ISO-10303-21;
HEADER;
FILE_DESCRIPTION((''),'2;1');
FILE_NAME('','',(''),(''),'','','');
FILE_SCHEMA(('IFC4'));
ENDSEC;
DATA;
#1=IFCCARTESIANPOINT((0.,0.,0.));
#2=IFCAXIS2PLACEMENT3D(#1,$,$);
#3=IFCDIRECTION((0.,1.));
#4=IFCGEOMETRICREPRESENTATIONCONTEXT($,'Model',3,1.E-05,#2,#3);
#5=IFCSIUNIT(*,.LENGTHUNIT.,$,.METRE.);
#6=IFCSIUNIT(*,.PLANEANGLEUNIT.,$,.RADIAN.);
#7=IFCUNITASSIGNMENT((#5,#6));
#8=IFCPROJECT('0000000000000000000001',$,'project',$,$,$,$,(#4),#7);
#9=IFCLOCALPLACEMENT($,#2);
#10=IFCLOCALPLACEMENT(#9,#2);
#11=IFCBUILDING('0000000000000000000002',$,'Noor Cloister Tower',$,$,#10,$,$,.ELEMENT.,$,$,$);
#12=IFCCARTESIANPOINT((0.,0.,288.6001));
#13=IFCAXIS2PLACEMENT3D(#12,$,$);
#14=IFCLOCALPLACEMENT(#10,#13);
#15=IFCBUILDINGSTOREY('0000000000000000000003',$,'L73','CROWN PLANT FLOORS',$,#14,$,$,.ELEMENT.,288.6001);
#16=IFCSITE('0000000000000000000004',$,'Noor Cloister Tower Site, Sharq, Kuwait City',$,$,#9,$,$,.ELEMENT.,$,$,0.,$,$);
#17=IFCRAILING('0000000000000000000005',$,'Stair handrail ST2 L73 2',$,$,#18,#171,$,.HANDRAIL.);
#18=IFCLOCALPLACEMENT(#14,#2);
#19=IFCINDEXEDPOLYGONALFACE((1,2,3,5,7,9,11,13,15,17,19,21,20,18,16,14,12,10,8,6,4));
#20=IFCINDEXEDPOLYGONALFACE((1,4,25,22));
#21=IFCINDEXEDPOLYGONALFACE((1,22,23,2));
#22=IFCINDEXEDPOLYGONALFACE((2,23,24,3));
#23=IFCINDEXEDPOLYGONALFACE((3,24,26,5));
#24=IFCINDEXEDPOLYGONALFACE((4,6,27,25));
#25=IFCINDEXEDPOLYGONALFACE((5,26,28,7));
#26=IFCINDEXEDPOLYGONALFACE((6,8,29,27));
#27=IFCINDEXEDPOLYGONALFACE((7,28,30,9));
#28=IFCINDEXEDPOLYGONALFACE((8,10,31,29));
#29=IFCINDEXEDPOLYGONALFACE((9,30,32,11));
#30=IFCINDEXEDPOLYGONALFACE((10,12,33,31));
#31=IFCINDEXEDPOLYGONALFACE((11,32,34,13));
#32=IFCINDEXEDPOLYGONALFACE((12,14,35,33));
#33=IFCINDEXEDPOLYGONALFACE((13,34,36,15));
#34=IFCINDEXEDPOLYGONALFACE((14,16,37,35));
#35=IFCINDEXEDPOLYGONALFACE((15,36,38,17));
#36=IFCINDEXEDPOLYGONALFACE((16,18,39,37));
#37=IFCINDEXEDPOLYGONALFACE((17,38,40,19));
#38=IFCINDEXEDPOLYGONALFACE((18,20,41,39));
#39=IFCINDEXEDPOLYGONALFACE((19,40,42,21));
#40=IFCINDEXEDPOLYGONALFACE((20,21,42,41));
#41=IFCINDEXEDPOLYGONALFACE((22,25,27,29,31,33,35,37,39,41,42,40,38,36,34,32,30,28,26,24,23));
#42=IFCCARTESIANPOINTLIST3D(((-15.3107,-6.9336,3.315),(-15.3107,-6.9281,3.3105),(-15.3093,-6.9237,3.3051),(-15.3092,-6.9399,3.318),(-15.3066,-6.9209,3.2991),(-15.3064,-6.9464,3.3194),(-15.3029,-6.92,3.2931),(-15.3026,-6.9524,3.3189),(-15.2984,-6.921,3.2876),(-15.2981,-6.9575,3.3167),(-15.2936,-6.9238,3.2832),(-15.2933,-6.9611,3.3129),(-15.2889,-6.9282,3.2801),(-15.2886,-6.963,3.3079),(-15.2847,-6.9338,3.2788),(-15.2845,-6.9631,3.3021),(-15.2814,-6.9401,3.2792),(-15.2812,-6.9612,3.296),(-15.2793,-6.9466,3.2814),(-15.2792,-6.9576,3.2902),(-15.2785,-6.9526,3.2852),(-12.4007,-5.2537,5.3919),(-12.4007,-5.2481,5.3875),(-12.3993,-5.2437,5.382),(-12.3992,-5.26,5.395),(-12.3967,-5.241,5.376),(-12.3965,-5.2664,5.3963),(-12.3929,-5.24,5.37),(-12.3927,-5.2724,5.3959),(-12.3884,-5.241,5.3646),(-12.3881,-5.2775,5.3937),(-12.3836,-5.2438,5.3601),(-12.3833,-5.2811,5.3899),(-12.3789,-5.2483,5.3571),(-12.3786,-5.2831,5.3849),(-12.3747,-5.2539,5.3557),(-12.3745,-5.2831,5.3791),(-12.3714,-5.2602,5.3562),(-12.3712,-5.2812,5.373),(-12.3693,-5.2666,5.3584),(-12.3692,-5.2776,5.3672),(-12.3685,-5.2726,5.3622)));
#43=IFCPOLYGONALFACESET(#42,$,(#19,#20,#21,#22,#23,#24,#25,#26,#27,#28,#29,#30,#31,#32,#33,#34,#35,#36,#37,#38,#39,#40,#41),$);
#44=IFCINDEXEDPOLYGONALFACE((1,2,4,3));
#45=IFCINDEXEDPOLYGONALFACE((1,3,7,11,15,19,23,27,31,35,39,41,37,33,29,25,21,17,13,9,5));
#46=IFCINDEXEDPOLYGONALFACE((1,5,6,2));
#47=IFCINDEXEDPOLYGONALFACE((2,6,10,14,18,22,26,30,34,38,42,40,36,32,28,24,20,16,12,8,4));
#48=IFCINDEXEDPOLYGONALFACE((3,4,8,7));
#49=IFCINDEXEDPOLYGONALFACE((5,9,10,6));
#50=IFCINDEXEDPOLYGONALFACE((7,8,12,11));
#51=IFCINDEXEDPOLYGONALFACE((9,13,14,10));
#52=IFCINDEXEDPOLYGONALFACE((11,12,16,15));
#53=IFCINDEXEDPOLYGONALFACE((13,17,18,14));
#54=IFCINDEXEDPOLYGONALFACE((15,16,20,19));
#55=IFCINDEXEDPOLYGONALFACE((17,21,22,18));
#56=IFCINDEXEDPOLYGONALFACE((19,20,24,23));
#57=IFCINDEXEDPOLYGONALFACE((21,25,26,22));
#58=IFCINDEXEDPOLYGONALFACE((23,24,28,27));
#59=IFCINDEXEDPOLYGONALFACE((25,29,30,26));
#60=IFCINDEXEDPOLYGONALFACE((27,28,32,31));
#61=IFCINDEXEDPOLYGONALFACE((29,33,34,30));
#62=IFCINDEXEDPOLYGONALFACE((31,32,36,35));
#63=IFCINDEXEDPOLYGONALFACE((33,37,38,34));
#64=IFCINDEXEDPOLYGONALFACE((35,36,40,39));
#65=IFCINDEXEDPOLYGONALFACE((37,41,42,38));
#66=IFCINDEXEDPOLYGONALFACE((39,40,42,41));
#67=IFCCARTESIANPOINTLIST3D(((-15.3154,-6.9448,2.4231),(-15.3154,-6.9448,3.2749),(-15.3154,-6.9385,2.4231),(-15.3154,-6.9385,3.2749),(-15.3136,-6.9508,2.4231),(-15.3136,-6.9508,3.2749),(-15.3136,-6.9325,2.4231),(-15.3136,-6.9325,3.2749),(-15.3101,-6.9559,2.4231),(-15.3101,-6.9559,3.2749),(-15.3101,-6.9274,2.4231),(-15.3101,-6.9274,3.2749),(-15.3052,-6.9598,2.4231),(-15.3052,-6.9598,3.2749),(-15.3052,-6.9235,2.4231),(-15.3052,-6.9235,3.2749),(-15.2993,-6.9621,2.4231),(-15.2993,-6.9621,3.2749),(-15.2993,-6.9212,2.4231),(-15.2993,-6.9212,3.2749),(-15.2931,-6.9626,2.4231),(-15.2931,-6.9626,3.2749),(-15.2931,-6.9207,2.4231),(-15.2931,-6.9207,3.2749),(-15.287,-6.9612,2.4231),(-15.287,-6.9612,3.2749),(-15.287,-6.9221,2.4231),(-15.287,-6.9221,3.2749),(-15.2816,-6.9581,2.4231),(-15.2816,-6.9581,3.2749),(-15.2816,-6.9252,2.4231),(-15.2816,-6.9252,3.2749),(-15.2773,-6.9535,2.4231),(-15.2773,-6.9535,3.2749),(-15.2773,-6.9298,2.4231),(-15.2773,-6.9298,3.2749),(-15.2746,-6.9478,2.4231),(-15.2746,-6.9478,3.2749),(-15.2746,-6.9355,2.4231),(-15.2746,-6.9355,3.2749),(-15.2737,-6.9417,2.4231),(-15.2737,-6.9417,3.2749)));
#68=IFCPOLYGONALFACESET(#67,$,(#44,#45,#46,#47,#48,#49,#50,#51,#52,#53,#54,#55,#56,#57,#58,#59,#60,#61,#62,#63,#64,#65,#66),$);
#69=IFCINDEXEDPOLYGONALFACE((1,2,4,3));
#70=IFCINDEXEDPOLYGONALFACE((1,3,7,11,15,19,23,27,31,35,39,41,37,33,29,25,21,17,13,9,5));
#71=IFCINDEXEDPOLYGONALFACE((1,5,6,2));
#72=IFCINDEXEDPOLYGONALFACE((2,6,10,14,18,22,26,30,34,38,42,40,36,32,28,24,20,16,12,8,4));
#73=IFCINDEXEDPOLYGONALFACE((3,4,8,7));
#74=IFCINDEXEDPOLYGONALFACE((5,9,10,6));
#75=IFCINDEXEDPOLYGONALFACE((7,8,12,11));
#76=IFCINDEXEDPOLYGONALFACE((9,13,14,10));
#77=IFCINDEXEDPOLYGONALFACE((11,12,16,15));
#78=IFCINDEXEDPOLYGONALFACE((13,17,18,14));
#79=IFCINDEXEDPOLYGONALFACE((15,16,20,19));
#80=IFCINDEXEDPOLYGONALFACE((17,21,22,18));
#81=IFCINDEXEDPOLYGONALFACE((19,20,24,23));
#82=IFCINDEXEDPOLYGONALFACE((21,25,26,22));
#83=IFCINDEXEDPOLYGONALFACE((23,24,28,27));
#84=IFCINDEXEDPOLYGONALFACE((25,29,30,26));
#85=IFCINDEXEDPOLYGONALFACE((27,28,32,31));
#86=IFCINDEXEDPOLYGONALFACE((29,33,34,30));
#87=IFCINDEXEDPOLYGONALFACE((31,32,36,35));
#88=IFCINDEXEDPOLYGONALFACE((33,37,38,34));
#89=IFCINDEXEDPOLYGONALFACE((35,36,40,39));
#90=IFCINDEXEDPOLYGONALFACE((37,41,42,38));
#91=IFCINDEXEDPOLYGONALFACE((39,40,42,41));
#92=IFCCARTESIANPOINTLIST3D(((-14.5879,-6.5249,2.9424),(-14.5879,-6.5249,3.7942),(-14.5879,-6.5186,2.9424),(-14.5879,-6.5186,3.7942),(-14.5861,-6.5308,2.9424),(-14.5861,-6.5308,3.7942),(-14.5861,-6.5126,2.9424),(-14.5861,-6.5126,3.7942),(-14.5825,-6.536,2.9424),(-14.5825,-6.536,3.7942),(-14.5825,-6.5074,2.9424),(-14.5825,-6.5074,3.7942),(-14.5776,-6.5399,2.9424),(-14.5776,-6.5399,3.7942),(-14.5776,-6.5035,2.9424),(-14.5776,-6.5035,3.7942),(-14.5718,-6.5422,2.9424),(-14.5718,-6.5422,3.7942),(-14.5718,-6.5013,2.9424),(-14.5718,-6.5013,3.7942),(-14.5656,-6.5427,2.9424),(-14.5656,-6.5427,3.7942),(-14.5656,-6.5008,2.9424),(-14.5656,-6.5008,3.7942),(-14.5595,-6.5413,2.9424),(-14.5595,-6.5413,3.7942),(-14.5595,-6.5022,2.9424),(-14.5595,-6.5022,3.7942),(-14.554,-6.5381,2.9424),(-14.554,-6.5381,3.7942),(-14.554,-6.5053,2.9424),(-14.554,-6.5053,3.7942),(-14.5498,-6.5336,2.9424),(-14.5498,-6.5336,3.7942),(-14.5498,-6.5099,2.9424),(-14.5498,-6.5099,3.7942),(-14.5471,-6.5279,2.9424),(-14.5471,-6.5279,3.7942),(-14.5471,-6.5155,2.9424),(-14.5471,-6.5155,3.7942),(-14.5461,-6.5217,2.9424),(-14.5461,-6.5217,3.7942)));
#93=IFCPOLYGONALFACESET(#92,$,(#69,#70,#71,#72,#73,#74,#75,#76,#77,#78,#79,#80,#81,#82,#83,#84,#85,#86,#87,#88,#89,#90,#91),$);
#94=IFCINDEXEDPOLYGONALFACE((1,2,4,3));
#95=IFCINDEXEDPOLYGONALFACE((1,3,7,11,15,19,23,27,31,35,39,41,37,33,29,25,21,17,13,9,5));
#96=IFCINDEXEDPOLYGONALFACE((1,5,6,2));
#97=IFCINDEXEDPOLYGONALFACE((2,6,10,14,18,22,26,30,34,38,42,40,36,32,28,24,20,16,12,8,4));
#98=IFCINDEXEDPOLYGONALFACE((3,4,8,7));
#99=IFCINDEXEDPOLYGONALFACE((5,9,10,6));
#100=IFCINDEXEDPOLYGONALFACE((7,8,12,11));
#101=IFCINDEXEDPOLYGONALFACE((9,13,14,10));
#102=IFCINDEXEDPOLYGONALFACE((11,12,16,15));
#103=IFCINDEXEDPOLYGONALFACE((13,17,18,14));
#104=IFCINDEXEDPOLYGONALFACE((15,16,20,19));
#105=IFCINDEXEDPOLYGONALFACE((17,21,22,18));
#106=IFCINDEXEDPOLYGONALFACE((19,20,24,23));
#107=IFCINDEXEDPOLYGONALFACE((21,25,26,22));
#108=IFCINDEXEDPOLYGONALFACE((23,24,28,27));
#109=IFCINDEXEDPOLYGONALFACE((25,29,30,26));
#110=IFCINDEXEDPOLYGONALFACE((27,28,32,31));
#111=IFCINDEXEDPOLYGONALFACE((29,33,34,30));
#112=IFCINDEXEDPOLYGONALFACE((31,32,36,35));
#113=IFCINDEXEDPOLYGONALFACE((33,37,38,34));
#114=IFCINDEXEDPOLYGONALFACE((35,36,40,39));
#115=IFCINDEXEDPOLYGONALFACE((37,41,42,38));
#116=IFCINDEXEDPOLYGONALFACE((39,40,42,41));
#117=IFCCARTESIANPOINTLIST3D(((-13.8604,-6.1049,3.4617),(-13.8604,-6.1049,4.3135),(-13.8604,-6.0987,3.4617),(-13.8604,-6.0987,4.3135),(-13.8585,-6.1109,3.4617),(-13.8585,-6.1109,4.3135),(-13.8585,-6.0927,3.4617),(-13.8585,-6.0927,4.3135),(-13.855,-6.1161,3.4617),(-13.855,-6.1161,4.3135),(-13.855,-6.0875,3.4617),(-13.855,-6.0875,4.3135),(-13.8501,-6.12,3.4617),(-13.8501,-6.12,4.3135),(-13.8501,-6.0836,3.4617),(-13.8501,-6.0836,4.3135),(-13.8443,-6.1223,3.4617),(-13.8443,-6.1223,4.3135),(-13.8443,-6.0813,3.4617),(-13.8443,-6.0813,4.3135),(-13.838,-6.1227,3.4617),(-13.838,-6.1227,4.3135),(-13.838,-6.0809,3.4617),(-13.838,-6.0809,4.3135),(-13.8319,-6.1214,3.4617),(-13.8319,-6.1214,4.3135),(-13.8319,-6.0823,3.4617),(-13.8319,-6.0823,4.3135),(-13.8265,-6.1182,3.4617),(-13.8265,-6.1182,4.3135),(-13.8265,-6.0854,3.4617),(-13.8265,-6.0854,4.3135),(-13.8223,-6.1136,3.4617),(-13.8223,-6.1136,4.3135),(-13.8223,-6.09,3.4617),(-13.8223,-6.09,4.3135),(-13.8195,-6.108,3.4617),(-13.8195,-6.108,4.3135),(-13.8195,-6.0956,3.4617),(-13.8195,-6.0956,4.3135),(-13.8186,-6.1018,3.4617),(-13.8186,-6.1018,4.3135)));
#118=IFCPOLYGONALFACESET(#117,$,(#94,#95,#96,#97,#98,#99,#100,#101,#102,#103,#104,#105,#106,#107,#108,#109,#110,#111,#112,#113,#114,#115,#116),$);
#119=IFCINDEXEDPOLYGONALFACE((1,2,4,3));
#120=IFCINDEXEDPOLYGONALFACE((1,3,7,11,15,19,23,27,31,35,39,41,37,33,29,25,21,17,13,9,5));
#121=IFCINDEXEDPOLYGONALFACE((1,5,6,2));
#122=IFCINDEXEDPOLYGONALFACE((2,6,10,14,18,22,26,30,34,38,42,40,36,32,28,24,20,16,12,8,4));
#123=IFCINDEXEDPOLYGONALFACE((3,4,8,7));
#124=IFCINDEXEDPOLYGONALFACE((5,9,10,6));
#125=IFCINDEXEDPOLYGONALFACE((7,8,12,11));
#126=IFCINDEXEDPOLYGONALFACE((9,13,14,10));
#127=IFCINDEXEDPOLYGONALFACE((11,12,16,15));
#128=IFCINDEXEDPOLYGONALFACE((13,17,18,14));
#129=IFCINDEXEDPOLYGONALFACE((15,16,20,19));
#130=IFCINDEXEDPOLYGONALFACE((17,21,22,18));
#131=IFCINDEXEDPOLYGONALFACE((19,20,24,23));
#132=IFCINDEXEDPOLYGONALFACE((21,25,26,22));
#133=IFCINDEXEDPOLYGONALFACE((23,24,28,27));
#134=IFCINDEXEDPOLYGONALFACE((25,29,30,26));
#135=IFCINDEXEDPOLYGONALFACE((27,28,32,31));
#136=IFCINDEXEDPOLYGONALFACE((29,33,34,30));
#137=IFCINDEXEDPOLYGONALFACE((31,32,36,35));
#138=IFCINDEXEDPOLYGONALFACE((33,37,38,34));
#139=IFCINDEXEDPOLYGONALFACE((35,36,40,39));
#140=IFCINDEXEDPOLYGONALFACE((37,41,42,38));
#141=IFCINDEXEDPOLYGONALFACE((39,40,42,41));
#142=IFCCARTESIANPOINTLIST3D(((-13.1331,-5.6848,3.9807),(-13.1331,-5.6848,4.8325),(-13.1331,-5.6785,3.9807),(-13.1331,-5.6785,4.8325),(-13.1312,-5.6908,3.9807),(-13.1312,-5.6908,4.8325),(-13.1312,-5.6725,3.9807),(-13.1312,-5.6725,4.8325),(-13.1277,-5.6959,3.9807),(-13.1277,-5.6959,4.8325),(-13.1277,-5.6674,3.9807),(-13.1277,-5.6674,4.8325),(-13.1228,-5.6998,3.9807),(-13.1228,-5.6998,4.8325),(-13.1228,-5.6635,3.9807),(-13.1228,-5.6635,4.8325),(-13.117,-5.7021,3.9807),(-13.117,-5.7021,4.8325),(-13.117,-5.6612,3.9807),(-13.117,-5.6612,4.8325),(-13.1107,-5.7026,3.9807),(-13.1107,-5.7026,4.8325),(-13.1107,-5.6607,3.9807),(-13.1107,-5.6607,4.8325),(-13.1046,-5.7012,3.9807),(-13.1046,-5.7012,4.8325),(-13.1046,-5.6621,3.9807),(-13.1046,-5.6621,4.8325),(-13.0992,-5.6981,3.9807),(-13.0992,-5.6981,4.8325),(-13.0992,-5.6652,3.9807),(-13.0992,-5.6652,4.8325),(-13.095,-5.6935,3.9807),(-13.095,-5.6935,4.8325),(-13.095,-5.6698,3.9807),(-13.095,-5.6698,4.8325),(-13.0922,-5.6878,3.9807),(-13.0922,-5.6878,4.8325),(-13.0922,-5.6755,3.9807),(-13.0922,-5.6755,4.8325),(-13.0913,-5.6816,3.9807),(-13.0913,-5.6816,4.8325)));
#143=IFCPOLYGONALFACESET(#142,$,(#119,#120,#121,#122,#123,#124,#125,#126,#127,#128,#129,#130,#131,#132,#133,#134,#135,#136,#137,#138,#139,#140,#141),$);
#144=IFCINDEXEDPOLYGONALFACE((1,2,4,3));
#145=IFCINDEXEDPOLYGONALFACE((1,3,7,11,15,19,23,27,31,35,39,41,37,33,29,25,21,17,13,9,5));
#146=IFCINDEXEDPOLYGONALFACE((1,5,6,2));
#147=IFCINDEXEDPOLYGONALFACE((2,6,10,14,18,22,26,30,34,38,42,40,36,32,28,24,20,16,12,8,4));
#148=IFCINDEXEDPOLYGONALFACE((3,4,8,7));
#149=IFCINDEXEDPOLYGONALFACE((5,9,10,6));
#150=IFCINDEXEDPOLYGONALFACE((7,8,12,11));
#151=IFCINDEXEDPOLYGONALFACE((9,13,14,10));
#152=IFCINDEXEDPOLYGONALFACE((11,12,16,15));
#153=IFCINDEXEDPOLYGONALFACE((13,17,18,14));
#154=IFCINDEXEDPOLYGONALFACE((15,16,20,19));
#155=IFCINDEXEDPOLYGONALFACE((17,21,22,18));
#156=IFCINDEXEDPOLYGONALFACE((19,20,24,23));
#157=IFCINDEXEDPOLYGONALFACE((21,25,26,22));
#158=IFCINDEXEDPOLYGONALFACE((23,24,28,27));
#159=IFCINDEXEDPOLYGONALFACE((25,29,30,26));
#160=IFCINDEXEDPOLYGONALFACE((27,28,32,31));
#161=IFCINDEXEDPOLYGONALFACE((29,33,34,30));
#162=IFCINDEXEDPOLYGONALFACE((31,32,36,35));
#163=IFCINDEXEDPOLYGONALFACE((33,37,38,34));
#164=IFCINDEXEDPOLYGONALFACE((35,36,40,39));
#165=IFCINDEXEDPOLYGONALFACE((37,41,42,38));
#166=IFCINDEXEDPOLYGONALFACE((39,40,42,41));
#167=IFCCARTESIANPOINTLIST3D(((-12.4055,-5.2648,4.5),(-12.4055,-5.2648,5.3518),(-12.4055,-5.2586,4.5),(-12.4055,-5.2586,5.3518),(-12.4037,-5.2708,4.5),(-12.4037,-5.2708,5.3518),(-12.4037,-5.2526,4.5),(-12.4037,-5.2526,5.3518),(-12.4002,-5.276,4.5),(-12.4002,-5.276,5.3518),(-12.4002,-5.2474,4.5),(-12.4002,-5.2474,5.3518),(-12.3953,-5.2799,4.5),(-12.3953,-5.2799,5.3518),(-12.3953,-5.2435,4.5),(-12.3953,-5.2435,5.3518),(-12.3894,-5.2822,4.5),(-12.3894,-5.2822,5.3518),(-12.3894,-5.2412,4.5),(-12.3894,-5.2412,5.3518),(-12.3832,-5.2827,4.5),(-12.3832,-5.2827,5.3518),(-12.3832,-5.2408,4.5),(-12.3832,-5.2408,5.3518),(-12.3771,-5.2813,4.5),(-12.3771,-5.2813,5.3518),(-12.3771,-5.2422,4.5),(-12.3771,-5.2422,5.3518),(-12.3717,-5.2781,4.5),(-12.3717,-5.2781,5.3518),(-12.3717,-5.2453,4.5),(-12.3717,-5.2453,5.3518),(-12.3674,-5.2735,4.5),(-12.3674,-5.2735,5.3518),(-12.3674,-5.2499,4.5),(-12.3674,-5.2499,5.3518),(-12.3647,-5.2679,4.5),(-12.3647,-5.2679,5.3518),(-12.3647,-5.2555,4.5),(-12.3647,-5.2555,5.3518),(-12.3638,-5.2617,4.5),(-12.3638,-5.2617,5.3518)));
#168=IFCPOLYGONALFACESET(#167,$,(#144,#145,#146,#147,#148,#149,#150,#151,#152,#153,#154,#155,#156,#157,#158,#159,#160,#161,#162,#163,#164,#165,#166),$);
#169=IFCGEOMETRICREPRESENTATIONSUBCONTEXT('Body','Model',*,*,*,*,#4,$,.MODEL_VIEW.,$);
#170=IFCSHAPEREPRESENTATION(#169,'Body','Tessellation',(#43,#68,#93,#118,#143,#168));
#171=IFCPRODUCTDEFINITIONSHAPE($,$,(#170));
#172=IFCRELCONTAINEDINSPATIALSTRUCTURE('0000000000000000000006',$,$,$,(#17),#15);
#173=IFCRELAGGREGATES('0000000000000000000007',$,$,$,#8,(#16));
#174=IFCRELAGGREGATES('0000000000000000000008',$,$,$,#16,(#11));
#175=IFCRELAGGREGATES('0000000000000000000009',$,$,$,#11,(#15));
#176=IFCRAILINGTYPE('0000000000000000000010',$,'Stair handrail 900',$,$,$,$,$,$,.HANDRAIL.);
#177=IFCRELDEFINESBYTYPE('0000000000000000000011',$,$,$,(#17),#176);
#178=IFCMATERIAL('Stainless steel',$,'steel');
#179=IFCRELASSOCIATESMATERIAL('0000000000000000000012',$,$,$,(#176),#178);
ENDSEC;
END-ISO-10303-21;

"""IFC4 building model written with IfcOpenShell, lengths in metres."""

from ifc_helpers import new_model, si_unit, direction, frame, origin, origin_2d, place, context, subcontext, project, spatial, circle, extrude, material, type_object, element, save


model = new_model("IFC4")

# Units and contexts
model_context = context("Model", 3, precision=1e-05, world=origin(), true_north=direction((0.0, 1.0)))
body_context = subcontext(model_context, "Body", "Model", "MODEL_VIEW")
ifc_project = project(units=[si_unit("LENGTHUNIT", "METRE"), si_unit("PLANEANGLEUNIT", "RADIAN")], contexts=[model_context])

# Site, building, storey
site_placement = place(None, origin())
site = spatial("IfcSite", under=ifc_project, at=site_placement, Name="Noor Cloister Tower Site, Sharq, Kuwait City", CompositionType="ELEMENT", RefElevation=0.0)
building_placement = place(site_placement, origin())
building = spatial("IfcBuilding", under=site, at=building_placement, Name="Noor Cloister Tower", CompositionType="ELEMENT")
storey_placement = place(building_placement, frame((0.0, 0.0, 288.6001)))
storey = spatial("IfcBuildingStorey", under=building, at=storey_placement, Name="L73", Description="CROWN PLANT FLOORS", CompositionType="ELEMENT", Elevation=288.6001)

# Railing
ifc_material_1 = material(Name="Stainless steel", Category="steel")
railing_type_1 = type_object("IfcRailingType", Name="Stair handrail 900", PredefinedType="HANDRAIL", material=ifc_material_1)
railing_1_placement = place(storey_placement, frame((-15.2947, -6.9417, 2.4231)))
element("IfcRailing", 1, at=railing_1_placement, inside=storey, type_object=railing_type_1, Name="Stair handrail ST2 L73 2", PredefinedType="HANDRAIL", context=body_context, shape_type="SweptSolid", body=[
    extrude(circle(Radius=0.0239, at=origin_2d()), frame((0.0, 0.0, 0.876), z_axis=(0.736668, 0.425288, 0.525785), x_axis=(-0.499976, 0.866039, 0.0)), (0.0, 0.0, 1.0), 3.9502),
    extrude(circle(Radius=0.021, at=origin_2d()), origin(), (0.0, 0.0, 1.0), 0.8518),
    extrude(circle(Radius=0.021, at=origin_2d()), frame((0.7275, 0.4199, 0.5193)), (0.0, 0.0, 1.0), 0.8518),
    extrude(circle(Radius=0.021, at=origin_2d()), frame((1.4551, 0.8398, 1.0386)), (0.0, 0.0, 1.0), 0.8518),
    extrude(circle(Radius=0.021, at=origin_2d()), frame((2.1824, 1.26, 1.5576)), (0.0, 0.0, 1.0), 0.8518),
    extrude(circle(Radius=0.021, at=origin_2d()), frame((2.9099, 1.6799, 2.0769)), (0.0, 0.0, 1.0), 0.8518),
])

save(model, "model.ifc")
